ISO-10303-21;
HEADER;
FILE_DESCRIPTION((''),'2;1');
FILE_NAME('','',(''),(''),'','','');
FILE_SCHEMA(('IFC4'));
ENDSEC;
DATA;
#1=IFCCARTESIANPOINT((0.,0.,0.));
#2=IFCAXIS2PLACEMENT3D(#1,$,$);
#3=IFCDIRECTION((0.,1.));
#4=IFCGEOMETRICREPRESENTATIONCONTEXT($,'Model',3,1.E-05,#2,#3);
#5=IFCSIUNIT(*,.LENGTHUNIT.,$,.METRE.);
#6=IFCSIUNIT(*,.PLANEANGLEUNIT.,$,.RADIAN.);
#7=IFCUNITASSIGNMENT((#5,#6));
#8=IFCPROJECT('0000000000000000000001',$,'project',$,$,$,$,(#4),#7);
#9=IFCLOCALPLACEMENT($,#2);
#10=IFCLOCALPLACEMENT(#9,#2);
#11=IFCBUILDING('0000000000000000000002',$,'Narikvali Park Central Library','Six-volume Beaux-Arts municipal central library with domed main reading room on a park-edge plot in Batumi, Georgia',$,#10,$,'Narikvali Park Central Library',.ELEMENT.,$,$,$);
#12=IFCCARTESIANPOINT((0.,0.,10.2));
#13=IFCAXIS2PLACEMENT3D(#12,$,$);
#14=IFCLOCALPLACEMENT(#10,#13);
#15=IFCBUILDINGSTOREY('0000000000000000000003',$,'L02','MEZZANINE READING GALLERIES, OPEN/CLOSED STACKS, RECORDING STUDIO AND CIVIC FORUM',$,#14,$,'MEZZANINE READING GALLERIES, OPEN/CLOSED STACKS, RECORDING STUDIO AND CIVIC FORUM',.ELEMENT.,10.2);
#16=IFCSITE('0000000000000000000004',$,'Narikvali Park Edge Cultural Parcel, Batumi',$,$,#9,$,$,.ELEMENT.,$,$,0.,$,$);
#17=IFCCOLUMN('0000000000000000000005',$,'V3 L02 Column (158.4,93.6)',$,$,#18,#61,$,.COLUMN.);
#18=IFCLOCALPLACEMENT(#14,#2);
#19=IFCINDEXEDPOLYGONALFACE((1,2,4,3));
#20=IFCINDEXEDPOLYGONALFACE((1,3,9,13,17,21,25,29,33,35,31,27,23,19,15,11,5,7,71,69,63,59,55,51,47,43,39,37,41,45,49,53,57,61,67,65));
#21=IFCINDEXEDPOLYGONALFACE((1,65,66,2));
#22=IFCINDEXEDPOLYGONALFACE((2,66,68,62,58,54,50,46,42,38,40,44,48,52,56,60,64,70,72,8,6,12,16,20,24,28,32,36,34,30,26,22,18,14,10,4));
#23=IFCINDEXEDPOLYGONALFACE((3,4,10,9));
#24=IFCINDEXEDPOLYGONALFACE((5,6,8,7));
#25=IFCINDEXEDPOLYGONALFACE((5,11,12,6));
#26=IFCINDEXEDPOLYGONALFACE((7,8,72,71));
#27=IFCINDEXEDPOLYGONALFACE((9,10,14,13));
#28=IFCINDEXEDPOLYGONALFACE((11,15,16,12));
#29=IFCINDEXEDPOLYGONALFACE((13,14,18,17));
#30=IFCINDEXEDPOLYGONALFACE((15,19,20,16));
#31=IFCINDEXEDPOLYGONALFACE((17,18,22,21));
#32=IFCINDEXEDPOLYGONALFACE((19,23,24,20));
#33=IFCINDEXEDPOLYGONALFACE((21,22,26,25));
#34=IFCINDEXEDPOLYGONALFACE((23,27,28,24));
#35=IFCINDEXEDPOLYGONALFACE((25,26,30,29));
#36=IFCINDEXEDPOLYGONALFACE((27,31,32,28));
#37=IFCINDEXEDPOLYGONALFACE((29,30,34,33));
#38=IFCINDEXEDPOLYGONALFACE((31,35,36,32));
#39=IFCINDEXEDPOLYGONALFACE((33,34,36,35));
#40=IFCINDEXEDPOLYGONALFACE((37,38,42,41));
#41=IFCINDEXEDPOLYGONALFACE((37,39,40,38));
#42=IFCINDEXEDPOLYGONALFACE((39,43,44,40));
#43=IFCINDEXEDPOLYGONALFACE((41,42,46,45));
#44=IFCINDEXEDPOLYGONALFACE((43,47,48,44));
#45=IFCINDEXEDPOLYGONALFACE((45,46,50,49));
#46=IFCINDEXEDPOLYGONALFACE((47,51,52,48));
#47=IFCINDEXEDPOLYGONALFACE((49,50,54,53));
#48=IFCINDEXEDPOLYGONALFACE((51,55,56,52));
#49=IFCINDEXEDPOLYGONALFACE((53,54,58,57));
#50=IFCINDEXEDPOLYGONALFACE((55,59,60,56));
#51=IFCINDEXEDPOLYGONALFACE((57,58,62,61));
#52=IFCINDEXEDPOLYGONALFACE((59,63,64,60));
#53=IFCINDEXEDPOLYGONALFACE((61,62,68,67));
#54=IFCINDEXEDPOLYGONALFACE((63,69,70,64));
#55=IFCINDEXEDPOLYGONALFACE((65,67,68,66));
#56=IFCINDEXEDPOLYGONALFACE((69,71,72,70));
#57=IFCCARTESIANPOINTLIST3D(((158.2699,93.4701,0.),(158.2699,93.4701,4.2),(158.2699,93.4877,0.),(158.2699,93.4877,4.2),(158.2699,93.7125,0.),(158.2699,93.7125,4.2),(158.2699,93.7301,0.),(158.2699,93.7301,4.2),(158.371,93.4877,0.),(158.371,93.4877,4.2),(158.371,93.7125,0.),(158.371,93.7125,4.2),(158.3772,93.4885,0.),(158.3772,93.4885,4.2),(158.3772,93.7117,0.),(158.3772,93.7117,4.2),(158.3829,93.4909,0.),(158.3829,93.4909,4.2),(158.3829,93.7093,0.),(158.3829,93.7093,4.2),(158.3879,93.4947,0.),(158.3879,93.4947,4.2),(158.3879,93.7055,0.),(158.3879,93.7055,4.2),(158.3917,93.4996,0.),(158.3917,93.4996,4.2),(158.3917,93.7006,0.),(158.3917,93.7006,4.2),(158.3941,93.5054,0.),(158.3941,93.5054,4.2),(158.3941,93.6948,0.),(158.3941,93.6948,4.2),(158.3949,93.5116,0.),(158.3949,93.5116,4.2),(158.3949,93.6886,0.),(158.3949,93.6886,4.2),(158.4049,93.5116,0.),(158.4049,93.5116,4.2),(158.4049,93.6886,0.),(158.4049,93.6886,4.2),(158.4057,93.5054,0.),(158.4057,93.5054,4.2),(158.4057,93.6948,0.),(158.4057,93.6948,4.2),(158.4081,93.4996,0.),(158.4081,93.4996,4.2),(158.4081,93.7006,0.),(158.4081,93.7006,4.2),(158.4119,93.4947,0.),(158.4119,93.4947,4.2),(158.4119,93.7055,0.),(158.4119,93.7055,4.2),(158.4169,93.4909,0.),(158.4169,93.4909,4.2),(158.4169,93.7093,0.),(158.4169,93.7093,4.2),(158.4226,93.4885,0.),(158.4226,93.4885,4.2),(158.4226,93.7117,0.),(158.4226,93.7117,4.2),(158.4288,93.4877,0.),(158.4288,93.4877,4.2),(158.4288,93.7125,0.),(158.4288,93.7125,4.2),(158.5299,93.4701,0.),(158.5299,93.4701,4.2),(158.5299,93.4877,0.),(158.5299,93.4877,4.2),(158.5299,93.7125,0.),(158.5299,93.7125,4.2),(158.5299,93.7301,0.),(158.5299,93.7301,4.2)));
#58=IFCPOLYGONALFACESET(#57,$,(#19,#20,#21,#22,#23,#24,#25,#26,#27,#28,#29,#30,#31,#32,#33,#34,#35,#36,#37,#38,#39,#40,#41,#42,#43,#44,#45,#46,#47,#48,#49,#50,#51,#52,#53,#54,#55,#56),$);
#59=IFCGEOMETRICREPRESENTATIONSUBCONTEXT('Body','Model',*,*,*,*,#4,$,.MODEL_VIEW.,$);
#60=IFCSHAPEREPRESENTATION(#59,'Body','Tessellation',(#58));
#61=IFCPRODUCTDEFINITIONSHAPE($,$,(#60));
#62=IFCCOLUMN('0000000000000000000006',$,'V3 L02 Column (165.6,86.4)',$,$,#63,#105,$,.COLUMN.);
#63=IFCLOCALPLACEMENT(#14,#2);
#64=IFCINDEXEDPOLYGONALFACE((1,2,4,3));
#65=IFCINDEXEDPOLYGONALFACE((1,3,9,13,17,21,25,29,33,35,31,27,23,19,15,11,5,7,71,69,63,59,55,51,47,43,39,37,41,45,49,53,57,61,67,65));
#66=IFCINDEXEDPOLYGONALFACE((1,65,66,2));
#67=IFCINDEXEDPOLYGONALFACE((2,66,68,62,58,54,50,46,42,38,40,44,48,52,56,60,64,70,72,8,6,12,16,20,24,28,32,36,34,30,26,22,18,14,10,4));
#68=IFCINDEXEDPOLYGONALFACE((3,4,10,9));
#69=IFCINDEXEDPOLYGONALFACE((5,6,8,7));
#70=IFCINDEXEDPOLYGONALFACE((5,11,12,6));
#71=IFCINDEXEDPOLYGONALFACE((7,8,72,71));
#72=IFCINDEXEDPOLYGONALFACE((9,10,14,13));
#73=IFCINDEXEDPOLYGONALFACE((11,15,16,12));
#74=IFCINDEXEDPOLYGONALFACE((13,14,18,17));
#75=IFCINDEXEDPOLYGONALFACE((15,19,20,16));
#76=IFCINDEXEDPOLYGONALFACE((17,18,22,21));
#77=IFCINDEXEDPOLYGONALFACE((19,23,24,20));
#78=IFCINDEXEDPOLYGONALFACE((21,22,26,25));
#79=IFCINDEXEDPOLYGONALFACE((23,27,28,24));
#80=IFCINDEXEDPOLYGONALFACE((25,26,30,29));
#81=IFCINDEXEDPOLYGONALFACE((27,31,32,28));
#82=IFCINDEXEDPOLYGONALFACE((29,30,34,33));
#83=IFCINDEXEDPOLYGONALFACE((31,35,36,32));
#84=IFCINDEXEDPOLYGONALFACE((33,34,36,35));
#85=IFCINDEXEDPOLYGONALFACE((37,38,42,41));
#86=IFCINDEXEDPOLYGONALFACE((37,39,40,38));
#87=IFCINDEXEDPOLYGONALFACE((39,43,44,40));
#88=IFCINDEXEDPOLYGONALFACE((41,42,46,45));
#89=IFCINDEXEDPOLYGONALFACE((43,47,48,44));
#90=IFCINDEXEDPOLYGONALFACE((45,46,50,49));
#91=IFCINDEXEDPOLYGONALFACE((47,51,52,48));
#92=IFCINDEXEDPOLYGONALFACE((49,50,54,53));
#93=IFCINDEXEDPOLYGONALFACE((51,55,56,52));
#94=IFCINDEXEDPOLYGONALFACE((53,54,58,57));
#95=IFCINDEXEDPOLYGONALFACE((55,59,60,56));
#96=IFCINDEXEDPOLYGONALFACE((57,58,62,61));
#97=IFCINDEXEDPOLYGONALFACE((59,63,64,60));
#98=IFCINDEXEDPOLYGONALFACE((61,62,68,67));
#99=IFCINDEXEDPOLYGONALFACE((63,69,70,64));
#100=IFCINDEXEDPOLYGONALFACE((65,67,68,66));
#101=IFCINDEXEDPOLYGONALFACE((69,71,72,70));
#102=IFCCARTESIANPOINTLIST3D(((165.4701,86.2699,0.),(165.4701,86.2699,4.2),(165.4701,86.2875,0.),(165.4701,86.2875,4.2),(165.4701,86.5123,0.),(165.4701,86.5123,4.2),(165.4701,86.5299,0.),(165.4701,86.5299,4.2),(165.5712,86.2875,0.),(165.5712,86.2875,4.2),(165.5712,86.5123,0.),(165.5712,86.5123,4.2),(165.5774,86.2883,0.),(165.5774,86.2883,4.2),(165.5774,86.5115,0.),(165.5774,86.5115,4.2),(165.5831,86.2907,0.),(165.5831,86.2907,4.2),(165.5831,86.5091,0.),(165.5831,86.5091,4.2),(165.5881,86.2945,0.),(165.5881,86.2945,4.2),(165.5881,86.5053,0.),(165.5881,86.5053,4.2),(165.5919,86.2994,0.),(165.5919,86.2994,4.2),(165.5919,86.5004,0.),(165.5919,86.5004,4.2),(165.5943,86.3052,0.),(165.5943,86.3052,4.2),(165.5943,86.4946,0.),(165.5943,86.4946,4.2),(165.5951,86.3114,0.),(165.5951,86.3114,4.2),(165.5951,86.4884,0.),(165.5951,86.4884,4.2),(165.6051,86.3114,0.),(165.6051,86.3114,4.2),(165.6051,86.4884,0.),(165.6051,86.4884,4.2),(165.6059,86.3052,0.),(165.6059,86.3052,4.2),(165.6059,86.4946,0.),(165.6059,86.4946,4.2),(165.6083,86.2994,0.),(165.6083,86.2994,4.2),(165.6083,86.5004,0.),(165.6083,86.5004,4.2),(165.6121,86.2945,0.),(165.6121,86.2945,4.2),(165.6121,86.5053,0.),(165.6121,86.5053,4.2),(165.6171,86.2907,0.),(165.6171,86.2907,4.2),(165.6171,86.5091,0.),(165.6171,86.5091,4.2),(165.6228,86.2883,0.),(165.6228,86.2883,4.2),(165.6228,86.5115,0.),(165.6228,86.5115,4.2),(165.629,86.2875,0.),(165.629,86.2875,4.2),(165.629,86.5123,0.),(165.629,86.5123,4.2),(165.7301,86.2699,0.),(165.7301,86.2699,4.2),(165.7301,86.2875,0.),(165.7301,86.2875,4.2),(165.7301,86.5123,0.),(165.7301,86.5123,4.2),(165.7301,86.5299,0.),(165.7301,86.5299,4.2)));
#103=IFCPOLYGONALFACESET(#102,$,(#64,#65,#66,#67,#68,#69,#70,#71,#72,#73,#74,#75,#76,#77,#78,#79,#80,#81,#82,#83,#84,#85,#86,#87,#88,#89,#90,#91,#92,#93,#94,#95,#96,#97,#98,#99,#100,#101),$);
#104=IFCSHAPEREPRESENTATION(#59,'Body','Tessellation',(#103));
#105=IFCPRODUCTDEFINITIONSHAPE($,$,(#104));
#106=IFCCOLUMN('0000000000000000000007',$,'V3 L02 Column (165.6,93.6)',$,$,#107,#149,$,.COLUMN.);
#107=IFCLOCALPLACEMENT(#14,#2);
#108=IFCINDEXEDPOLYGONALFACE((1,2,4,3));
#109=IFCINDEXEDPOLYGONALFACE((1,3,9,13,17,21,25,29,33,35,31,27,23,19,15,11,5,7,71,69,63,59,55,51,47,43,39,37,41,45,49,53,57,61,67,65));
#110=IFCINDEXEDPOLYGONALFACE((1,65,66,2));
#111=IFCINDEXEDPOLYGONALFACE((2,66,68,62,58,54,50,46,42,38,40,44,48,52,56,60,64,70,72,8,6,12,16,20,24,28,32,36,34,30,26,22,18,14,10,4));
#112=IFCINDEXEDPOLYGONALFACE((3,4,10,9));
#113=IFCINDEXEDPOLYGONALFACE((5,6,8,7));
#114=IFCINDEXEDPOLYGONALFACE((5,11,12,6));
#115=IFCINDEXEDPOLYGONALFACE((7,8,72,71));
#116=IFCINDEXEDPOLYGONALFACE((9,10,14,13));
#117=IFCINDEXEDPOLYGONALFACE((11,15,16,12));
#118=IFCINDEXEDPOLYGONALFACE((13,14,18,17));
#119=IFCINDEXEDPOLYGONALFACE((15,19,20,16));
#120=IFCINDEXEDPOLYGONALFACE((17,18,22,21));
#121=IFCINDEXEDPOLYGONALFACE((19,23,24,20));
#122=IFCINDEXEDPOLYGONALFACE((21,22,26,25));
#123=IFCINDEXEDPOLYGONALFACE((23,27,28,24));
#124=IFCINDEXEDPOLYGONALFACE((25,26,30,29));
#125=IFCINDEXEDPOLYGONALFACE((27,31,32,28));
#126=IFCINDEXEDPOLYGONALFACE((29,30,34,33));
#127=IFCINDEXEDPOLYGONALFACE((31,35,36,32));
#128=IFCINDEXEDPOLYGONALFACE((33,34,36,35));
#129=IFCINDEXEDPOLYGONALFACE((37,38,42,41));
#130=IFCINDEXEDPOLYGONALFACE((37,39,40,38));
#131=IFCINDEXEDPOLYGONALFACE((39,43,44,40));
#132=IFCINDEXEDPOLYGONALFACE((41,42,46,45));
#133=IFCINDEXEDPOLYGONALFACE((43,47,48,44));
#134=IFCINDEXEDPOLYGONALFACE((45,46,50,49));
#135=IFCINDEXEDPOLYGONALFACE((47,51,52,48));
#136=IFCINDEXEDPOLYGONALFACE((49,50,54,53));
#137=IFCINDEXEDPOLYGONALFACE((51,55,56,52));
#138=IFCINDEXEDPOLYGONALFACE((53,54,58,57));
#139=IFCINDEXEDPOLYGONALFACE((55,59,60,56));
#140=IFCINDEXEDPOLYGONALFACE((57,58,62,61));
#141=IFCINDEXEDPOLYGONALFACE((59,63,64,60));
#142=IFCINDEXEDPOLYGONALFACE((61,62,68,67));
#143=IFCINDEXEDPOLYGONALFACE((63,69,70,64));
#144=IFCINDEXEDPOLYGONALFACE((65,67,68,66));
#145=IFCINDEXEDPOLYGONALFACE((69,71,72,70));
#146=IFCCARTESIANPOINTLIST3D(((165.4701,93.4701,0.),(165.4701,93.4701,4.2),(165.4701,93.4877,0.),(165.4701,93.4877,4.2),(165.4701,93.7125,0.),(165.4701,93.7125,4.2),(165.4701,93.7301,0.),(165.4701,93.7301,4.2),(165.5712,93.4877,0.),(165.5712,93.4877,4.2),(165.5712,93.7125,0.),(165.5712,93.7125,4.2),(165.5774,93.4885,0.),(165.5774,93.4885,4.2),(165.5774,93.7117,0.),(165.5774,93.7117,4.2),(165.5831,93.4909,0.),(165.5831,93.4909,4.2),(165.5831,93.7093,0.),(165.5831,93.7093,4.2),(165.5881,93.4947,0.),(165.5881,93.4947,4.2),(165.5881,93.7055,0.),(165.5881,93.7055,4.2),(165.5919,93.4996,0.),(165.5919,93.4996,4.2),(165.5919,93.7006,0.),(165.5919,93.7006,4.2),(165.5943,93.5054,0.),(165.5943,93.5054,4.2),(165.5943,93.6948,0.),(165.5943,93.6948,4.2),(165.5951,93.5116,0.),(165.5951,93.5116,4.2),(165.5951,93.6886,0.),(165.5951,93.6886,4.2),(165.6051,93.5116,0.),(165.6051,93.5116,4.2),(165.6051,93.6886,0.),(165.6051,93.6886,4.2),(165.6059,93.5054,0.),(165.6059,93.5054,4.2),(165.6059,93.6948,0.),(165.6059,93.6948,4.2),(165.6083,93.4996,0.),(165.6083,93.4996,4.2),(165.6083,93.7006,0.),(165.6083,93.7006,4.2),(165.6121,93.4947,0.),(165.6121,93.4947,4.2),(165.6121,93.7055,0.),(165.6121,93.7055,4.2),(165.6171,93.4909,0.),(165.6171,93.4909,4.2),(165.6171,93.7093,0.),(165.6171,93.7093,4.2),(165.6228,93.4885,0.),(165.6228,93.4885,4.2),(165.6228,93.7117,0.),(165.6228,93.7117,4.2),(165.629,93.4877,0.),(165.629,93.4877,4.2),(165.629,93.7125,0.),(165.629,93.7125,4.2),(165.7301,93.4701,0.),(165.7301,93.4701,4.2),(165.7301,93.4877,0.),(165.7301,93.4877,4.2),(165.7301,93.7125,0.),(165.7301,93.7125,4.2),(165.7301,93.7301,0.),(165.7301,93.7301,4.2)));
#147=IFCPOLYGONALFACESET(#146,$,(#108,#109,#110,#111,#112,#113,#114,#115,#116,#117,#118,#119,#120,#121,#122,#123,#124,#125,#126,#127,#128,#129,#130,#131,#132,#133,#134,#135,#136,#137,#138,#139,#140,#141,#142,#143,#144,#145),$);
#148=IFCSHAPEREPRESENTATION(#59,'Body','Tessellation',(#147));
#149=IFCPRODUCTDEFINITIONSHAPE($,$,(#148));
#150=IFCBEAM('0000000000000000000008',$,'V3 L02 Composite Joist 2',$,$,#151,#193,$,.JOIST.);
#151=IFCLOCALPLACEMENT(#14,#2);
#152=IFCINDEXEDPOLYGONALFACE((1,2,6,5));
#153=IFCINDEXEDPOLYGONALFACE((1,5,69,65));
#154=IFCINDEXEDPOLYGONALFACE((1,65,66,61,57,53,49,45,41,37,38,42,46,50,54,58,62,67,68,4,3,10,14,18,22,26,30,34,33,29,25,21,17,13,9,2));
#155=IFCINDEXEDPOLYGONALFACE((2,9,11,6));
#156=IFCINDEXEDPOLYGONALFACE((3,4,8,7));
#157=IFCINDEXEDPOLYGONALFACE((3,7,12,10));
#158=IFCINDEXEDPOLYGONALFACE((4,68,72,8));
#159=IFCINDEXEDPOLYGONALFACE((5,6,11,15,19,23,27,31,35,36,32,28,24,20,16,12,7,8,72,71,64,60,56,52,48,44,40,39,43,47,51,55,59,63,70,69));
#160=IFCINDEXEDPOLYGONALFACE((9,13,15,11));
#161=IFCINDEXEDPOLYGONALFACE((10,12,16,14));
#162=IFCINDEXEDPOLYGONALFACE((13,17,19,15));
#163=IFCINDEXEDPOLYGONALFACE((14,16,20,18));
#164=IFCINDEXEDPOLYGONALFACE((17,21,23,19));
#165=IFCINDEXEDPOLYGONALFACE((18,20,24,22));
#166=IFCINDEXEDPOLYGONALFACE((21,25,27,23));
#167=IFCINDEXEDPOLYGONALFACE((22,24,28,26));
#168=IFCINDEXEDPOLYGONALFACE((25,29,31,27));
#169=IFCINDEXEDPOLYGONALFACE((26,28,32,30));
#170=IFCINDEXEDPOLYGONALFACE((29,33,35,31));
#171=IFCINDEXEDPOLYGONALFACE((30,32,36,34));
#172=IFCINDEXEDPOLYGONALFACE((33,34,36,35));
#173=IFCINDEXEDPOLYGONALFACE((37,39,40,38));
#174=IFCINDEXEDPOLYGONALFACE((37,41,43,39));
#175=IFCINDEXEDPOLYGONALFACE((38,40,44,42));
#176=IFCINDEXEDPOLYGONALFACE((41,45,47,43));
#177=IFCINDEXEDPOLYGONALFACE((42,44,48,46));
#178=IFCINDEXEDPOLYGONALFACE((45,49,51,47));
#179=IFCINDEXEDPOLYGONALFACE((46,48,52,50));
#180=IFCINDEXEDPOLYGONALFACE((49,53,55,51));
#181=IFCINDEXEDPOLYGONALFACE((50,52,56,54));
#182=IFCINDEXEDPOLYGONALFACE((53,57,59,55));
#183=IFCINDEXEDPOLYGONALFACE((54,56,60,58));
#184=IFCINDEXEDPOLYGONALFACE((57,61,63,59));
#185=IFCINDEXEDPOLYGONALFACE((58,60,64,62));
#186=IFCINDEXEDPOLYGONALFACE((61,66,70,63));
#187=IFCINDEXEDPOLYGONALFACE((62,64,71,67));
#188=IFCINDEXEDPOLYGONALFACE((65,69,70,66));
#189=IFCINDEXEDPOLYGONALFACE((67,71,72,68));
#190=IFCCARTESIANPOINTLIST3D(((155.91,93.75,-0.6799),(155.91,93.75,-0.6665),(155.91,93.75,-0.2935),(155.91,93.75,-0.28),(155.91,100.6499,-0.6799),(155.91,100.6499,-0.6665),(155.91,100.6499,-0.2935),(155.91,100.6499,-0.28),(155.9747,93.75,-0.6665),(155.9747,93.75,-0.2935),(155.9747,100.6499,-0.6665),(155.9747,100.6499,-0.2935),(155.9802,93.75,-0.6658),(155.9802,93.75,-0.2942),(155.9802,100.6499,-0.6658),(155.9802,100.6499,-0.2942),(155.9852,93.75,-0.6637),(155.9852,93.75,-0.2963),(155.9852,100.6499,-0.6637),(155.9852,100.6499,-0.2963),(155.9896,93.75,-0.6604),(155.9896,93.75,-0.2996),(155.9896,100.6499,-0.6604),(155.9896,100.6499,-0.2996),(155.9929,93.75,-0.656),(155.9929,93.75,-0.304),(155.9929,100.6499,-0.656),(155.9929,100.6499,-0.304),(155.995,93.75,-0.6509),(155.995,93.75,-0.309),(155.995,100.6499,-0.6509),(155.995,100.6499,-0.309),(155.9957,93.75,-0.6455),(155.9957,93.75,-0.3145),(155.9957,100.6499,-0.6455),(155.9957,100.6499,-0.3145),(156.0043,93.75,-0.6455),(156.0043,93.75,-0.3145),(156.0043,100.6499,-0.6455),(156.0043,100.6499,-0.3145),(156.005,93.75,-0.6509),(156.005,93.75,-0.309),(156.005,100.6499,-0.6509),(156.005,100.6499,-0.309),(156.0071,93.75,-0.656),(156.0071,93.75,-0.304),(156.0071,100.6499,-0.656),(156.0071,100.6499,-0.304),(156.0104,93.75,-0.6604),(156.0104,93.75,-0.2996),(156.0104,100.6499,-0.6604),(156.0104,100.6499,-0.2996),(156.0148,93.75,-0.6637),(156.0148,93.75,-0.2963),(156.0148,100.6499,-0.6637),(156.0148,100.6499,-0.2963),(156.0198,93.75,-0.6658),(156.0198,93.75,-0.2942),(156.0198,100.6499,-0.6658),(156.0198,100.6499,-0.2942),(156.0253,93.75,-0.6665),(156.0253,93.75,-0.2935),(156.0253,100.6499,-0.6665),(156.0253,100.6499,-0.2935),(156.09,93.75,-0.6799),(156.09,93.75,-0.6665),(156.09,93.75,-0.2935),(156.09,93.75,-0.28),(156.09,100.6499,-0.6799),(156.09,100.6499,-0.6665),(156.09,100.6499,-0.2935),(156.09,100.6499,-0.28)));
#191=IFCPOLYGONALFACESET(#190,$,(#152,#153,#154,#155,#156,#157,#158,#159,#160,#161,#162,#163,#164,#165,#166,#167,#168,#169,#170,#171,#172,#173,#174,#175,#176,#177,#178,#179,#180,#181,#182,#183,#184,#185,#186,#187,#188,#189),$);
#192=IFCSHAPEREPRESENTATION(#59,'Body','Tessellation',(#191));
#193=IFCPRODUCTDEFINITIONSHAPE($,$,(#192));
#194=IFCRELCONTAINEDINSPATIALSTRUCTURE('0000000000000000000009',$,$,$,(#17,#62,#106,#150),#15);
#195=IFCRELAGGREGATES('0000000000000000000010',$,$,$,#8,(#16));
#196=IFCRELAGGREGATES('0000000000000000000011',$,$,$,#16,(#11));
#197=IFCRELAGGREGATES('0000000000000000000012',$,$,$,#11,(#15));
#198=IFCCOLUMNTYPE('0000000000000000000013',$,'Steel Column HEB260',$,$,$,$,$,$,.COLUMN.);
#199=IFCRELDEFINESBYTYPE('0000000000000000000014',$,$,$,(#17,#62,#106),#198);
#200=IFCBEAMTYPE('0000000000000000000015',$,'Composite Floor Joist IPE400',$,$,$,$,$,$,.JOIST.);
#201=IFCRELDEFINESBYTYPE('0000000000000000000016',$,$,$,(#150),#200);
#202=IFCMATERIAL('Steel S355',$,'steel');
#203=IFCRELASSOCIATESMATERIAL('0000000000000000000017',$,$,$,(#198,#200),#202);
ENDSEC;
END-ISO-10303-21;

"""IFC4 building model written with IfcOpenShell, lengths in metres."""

from ifc_helpers import new_model, si_unit, direction, frame, origin, origin_2d, place, context, subcontext, project, spatial, i_section, extrude, material, material_profile, profile_set, type_object, element, save


model = new_model("IFC4")

# Units and contexts
model_context = context("Model", 3, precision=1e-05, world=origin(), true_north=direction((0.0, 1.0)))
body_context = subcontext(model_context, "Body", "Model", "MODEL_VIEW")
ifc_project = project(units=[si_unit("LENGTHUNIT", "METRE"), si_unit("PLANEANGLEUNIT", "RADIAN")], contexts=[model_context])

# Site, building, storey
site_placement = place(None, origin())
site = spatial("IfcSite", under=ifc_project, at=site_placement, Name="Narikvali Park Edge Cultural Parcel, Batumi", CompositionType="ELEMENT", RefElevation=0.0)
building_placement = place(site_placement, origin())
building = spatial("IfcBuilding", under=site, at=building_placement, Name="Narikvali Park Central Library", Description="Six-volume Beaux-Arts municipal central library with domed main reading room on a park-edge plot in Batumi, Georgia", LongName="Narikvali Park Central Library", CompositionType="ELEMENT")
storey_placement = place(building_placement, frame((0.0, 0.0, 10.2)))
storey = spatial("IfcBuildingStorey", under=building, at=storey_placement, Name="L02", Description="MEZZANINE READING GALLERIES, OPEN/CLOSED STACKS, RECORDING STUDIO AND CIVIC FORUM", LongName="MEZZANINE READING GALLERIES, OPEN/CLOSED STACKS, RECORDING STUDIO AND CIVIC FORUM", CompositionType="ELEMENT", Elevation=10.2)

# Columns
ifc_material_1 = material(Name="Steel S355", Category="steel")
ifc_material_profile_1 = material_profile(ifc_material_1, i_section(OverallWidth=0.26, OverallDepth=0.26, WebThickness=0.01, FlangeThickness=0.0176, FilletRadius=0.0239, at=origin_2d()), Name="HEB 260")
ifc_profile_set_1 = profile_set([ifc_material_profile_1], Name="Steel S355")
column_type = type_object("IfcColumnType", Name="Steel Column HEB260", PredefinedType="COLUMN", material=ifc_profile_set_1)
for number, where, z_axis, x_axis, name in (
    (1, (158.3999, 93.6001, 0.0), (0.0, 0.0, 1.0), (1.0, 0.0, 0.0), "V3 L02 Column (158.4,93.6)"),
    (2, (165.6001, 86.3999, 0.0), (0.0, 0.0, 1.0), (1.0, 0.0, 0.0), "V3 L02 Column (165.6,86.4)"),
    (3, (165.6001, 93.6001, 0.0), (0.0, 0.0, 1.0), (1.0, 0.0, 0.0), "V3 L02 Column (165.6,93.6)"),
):
    element("IfcColumn", number, at=place(storey_placement, frame(where, z_axis=z_axis, x_axis=x_axis)), inside=storey, type_object=column_type, Name=name, PredefinedType="COLUMN", context=body_context, shape_type="SweptSolid", body=[
        extrude(i_section(OverallWidth=0.26, OverallDepth=0.26, WebThickness=0.01, FlangeThickness=0.0176, FilletRadius=0.0239, at=origin_2d()), origin(), (0.0, 0.0, 1.0), 4.2),
    ])

# Beam
ifc_material_profile_2 = material_profile(ifc_material_1, i_section(OverallWidth=0.1799, OverallDepth=0.3999, WebThickness=0.0085, FlangeThickness=0.0134, FilletRadius=0.021, at=origin_2d()), Name="IPE 400")
ifc_profile_set_2 = profile_set([ifc_material_profile_2], Name="Steel S355")
beam_type_1 = type_object("IfcBeamType", Name="Composite Floor Joist IPE400", PredefinedType="JOIST", material=ifc_profile_set_2)
for number, where, z_axis, x_axis, name in (
    (4, (156.0, 93.75, -0.48), (0.0, 1.0, 0.0), (-1.0, 0.0, 0.0), "V3 L02 Composite Joist 2"),
):
    element("IfcBeam", number, at=place(storey_placement, frame(where, z_axis=z_axis, x_axis=x_axis)), inside=storey, type_object=beam_type_1, Name=name, PredefinedType="JOIST", context=body_context, shape_type="SweptSolid", body=[
        extrude(i_section(OverallWidth=0.1799, OverallDepth=0.3999, WebThickness=0.0085, FlangeThickness=0.0134, FilletRadius=0.021, at=origin_2d()), origin(), (0.0, 0.0, 1.0), 6.8999),
    ])

save(model, "model.ifc")
